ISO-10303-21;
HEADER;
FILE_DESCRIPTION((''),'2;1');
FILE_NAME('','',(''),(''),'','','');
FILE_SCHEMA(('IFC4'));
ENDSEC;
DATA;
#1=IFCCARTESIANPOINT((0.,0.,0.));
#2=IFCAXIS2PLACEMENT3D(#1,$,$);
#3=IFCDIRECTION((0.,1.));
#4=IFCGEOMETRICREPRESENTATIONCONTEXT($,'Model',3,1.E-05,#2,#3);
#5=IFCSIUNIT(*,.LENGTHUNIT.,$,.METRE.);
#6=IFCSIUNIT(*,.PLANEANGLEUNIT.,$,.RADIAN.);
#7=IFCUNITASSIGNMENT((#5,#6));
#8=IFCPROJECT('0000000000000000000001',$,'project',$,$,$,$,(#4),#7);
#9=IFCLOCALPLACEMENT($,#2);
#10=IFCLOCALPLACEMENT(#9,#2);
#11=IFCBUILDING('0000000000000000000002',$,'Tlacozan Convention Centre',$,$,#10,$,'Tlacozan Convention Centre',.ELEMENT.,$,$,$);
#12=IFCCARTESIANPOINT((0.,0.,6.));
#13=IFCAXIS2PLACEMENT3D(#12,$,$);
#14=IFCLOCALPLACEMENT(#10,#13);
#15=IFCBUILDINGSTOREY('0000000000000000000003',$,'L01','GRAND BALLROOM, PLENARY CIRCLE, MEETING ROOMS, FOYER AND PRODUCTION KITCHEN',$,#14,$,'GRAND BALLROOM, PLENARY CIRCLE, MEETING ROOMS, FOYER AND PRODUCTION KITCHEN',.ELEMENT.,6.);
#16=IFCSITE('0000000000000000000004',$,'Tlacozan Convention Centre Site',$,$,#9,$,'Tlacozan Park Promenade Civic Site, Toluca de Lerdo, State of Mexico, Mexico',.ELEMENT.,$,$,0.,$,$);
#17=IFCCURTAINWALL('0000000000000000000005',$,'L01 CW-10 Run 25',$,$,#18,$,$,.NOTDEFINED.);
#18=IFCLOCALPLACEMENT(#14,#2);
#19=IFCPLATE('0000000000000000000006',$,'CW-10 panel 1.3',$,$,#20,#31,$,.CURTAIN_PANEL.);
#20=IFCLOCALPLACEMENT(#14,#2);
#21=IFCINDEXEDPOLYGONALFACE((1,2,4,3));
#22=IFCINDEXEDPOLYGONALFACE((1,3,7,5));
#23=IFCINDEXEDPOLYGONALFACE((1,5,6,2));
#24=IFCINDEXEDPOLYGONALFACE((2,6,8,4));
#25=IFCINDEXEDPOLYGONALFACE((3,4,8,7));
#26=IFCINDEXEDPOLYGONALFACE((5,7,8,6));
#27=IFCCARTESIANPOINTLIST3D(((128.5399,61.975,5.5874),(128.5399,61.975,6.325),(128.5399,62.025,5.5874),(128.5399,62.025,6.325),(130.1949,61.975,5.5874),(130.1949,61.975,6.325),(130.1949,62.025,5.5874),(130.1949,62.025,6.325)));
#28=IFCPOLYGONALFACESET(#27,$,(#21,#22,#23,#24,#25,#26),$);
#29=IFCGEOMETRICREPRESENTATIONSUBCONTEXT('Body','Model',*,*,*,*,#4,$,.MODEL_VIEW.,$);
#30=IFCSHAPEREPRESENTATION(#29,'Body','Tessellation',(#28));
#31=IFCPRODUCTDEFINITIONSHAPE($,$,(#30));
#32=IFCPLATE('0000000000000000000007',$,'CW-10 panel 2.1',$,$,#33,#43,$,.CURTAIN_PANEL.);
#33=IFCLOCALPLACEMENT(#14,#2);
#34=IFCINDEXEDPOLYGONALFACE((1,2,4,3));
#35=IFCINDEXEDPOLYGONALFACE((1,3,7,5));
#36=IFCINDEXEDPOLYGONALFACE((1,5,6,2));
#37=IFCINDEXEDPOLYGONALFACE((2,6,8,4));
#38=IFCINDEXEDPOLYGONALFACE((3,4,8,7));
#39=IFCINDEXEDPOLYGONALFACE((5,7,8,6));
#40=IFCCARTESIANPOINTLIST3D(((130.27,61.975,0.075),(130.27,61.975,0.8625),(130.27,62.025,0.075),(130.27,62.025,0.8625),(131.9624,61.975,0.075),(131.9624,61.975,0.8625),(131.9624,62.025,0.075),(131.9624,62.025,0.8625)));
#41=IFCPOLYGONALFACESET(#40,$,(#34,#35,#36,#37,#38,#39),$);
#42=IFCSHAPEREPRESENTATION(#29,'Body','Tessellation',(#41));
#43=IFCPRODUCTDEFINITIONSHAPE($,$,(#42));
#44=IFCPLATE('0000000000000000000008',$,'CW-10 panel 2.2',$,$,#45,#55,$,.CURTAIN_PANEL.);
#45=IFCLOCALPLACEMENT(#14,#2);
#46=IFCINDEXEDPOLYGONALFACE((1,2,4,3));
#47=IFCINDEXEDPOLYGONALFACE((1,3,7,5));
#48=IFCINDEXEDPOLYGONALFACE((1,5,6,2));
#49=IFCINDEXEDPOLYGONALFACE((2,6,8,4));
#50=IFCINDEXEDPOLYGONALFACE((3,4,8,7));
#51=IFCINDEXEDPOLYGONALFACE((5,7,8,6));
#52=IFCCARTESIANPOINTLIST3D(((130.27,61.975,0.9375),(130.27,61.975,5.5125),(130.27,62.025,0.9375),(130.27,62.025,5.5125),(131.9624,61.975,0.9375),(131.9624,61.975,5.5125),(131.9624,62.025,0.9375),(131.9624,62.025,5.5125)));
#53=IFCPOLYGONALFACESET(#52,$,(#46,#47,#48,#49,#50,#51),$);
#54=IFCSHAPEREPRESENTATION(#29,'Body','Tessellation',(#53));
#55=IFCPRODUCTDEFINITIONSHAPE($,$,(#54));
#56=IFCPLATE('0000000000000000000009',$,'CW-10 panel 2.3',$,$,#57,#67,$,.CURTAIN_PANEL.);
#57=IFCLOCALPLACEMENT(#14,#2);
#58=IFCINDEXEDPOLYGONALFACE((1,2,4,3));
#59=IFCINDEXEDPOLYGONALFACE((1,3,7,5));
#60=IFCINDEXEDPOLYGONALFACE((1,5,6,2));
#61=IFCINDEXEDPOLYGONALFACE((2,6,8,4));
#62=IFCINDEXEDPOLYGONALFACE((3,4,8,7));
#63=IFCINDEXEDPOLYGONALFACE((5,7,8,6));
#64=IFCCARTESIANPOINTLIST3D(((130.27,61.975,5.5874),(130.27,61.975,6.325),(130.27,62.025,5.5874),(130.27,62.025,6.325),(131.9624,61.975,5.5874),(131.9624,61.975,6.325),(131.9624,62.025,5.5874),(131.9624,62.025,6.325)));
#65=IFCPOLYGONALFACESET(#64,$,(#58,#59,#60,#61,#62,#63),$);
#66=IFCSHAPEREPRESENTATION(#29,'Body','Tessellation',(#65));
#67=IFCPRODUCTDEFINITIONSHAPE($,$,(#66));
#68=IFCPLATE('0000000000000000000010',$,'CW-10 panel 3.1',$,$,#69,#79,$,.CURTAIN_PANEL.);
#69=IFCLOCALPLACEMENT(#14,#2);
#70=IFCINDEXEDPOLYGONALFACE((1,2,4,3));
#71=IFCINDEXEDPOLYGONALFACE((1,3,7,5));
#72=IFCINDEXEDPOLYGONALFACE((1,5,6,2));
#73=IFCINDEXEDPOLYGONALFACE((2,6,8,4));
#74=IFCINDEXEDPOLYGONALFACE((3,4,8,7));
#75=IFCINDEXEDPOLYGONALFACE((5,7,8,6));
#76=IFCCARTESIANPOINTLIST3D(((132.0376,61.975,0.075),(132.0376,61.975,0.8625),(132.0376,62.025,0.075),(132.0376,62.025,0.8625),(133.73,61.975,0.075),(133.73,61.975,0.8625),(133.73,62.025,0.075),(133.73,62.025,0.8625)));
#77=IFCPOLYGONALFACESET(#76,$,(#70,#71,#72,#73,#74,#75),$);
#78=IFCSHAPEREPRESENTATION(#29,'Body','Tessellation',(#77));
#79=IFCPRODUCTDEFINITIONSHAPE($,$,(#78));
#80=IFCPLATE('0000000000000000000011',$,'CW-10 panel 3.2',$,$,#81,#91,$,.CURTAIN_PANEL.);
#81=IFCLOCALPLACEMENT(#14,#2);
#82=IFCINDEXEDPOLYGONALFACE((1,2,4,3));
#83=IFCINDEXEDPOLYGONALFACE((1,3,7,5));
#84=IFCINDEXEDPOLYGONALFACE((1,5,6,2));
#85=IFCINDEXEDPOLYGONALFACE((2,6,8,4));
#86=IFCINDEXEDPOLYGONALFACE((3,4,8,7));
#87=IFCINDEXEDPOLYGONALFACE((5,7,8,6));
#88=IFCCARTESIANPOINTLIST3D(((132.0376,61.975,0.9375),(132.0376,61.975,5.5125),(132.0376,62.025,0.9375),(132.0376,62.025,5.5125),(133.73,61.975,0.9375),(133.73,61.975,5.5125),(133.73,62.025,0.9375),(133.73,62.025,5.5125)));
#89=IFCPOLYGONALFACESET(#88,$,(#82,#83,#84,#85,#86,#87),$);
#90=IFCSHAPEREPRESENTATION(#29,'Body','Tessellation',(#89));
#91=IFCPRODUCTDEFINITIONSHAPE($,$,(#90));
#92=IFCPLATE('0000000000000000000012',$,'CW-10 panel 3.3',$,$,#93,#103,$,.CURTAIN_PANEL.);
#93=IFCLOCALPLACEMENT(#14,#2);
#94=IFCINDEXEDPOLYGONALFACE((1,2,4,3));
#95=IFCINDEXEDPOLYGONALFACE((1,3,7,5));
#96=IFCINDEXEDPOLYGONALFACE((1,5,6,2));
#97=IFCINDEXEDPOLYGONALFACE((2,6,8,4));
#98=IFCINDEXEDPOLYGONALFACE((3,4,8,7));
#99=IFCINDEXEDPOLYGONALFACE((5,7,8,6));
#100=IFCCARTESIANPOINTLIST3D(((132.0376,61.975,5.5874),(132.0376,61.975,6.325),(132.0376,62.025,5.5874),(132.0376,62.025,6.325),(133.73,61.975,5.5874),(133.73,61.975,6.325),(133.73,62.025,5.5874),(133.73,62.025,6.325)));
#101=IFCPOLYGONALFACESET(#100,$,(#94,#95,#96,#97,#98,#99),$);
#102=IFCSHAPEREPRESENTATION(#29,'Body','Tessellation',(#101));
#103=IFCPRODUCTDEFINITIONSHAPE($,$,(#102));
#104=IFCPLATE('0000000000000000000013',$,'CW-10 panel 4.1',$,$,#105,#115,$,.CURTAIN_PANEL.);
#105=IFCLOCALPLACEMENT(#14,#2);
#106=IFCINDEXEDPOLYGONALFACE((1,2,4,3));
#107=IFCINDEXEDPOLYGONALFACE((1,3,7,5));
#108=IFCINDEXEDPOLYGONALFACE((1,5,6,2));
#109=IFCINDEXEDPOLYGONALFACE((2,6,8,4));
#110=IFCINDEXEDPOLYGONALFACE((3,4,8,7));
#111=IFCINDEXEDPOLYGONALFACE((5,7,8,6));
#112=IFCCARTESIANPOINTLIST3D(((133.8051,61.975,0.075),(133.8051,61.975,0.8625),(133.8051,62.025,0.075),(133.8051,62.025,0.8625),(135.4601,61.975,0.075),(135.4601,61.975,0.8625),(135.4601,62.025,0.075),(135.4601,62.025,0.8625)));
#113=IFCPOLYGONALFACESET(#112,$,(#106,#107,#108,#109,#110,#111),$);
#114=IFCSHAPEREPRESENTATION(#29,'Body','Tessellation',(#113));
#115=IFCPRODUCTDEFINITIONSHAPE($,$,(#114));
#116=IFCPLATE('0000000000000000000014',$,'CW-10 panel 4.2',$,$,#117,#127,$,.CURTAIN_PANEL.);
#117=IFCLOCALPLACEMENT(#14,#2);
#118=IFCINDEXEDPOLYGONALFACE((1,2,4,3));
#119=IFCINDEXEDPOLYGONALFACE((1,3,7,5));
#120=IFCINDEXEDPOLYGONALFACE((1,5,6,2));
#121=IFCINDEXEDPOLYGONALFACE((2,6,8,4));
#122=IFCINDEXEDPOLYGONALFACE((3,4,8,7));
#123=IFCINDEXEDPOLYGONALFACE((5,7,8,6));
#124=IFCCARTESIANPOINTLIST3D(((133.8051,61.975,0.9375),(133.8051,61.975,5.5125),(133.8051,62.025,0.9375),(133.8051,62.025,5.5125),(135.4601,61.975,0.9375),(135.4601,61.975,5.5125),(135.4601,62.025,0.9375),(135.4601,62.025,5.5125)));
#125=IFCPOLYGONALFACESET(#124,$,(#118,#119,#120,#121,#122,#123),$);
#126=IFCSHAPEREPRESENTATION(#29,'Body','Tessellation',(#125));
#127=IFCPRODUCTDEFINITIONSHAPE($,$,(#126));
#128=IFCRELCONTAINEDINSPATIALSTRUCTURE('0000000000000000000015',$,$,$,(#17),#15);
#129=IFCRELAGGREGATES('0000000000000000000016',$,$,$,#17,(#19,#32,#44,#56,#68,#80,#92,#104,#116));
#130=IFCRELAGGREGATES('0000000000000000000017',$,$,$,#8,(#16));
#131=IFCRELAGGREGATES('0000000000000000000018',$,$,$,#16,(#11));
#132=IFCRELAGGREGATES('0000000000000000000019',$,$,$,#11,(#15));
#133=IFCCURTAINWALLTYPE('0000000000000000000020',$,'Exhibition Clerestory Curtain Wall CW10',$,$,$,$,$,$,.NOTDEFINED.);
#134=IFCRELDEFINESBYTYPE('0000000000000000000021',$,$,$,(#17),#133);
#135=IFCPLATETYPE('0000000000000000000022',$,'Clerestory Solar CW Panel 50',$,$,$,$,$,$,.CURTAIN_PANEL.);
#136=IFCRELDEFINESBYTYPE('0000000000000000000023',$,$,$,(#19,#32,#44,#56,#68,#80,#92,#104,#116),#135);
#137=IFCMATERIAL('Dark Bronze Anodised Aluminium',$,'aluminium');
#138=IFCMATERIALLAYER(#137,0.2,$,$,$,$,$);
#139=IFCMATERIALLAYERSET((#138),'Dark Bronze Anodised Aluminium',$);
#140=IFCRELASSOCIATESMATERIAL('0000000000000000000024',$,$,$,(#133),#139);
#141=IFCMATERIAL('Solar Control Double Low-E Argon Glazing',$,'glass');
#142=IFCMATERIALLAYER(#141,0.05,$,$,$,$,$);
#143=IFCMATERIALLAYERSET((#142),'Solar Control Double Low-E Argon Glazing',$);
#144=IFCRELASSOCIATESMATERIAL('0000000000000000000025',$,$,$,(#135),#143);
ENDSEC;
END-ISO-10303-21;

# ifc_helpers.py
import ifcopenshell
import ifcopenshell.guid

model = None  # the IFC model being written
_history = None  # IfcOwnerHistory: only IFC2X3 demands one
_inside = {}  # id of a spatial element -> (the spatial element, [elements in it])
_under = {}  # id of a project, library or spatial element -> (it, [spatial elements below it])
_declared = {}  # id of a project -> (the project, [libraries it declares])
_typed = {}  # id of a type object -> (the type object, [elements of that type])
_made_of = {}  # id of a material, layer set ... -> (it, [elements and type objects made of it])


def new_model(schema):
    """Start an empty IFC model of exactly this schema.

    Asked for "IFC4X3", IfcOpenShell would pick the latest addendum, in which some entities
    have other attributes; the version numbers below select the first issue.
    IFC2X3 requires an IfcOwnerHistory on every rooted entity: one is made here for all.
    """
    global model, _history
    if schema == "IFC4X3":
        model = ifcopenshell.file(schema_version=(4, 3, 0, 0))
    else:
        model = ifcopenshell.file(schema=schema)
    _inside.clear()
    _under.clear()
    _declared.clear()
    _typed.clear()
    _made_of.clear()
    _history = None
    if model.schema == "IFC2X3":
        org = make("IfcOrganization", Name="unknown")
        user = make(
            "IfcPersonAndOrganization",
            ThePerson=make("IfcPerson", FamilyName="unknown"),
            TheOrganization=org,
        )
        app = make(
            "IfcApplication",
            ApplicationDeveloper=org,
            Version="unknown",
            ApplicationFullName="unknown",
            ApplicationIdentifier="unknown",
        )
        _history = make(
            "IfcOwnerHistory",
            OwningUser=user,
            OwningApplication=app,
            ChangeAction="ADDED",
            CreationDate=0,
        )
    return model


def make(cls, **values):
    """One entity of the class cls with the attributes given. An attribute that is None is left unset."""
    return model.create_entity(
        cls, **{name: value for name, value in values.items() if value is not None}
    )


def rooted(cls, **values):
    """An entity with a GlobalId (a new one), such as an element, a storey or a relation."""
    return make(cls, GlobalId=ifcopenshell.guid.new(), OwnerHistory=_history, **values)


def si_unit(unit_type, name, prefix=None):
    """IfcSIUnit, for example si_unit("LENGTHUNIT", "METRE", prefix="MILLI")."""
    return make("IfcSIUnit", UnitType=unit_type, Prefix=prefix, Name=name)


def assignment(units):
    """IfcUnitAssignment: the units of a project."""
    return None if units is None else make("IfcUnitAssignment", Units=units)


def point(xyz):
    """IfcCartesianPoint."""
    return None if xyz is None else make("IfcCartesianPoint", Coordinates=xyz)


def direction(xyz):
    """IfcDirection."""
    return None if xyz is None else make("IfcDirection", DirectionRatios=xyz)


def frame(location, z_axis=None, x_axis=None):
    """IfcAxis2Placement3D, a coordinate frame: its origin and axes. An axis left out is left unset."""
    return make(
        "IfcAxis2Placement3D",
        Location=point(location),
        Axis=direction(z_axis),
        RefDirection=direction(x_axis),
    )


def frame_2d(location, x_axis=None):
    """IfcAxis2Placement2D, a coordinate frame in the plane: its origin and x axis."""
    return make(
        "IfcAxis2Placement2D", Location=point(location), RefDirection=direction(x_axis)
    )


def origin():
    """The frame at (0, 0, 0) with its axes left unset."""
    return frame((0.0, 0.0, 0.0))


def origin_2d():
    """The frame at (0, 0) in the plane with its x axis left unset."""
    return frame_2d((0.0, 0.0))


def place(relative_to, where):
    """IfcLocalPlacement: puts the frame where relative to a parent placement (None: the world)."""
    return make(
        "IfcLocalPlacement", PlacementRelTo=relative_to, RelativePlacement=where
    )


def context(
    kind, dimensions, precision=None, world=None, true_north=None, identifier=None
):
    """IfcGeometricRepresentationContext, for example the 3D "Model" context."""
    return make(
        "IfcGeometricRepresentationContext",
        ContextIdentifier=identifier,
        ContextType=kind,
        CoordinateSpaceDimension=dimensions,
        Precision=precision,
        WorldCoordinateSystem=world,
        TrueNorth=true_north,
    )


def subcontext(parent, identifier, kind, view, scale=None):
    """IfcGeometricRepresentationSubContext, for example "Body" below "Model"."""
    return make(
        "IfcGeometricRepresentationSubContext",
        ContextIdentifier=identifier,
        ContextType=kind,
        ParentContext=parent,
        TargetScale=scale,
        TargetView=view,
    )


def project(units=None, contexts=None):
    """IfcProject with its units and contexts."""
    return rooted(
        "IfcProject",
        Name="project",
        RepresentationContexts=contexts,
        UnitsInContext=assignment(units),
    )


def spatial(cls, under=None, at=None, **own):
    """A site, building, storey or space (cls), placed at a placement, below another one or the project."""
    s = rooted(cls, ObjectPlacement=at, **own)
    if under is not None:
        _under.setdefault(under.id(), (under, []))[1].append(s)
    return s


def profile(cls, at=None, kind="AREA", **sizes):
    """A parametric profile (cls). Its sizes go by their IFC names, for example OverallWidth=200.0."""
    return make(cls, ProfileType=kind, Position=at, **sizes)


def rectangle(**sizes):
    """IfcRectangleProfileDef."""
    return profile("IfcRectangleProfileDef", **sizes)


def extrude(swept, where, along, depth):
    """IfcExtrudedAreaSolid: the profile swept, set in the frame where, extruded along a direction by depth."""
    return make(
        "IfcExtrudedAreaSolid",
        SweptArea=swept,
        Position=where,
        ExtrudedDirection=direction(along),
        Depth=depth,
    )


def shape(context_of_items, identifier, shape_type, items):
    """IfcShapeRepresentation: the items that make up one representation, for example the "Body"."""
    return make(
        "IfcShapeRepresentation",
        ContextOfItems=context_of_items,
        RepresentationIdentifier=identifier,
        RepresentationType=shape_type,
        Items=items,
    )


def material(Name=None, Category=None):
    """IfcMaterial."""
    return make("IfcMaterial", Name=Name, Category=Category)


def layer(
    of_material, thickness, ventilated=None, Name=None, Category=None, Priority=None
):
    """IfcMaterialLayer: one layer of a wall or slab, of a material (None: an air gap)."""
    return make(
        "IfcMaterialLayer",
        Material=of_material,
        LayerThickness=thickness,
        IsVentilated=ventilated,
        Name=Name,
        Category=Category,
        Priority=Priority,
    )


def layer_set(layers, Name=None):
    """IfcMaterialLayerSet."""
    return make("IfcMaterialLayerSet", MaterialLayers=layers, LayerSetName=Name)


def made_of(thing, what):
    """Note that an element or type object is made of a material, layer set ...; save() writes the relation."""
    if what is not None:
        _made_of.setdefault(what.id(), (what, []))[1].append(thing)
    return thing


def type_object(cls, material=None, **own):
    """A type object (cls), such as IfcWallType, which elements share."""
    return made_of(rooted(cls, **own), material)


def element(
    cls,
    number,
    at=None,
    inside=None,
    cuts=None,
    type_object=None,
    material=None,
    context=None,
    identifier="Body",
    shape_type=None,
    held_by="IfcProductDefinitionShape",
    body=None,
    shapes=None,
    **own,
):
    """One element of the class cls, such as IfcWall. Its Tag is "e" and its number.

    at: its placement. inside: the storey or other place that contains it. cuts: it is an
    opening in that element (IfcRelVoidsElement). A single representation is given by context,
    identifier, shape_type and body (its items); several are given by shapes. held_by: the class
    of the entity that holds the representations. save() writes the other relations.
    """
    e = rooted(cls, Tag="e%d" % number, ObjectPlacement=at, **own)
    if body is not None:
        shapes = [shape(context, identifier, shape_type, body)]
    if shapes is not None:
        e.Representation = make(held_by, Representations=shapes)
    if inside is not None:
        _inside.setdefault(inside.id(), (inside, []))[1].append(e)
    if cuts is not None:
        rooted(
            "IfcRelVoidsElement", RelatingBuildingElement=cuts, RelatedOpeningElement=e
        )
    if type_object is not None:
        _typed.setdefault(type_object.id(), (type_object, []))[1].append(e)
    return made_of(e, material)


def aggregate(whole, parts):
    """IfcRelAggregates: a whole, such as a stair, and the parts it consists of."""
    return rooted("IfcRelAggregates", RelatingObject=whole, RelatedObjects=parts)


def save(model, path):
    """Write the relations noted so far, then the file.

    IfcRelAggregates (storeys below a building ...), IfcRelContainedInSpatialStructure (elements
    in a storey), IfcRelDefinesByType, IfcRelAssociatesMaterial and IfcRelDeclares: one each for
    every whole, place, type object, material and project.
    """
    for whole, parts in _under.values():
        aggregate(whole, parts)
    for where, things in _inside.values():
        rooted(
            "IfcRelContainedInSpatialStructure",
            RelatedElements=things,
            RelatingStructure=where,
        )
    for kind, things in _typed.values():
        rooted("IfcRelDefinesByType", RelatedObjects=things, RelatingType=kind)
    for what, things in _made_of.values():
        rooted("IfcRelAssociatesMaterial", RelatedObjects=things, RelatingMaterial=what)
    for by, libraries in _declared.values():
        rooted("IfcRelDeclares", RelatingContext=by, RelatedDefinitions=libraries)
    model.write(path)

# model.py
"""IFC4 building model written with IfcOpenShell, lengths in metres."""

from ifc_helpers import new_model, si_unit, direction, frame, origin, origin_2d, place, context, subcontext, project, spatial, rectangle, extrude, material, layer, layer_set, type_object, element, aggregate, save


model = new_model("IFC4")

# Units and contexts
model_context = context("Model", 3, precision=1e-05, world=origin(), true_north=direction((0.0, 1.0)))
body_context = subcontext(model_context, "Body", "Model", "MODEL_VIEW")
ifc_project = project(units=[si_unit("LENGTHUNIT", "METRE"), si_unit("PLANEANGLEUNIT", "RADIAN")], contexts=[model_context])

# Site, building, storey
site_placement = place(None, origin())
site = spatial("IfcSite", under=ifc_project, at=site_placement, Name="Tlacozan Convention Centre Site", LongName="Tlacozan Park Promenade Civic Site, Toluca de Lerdo, State of Mexico, Mexico", CompositionType="ELEMENT", RefElevation=0.0)
building_placement = place(site_placement, origin())
building = spatial("IfcBuilding", under=site, at=building_placement, Name="Tlacozan Convention Centre", LongName="Tlacozan Convention Centre", CompositionType="ELEMENT")
storey_placement = place(building_placement, frame((0.0, 0.0, 6.0)))
storey = spatial("IfcBuildingStorey", under=building, at=storey_placement, Name="L01", Description="GRAND BALLROOM, PLENARY CIRCLE, MEETING ROOMS, FOYER AND PRODUCTION KITCHEN", LongName="GRAND BALLROOM, PLENARY CIRCLE, MEETING ROOMS, FOYER AND PRODUCTION KITCHEN", CompositionType="ELEMENT", Elevation=6.0)

# Curtain wall, plates
ifc_material_1 = material(Name="Dark Bronze Anodised Aluminium", Category="aluminium")
ifc_layer_1 = layer(ifc_material_1, 0.2)
ifc_layer_set_1 = layer_set([ifc_layer_1], Name="Dark Bronze Anodised Aluminium")
curtain_wall_type = type_object("IfcCurtainWallType", Name="Exhibition Clerestory Curtain Wall CW10", PredefinedType="NOTDEFINED", material=ifc_layer_set_1)
curtain_wall_placement = place(storey_placement, origin())
curtain_wall = element("IfcCurtainWall", 1, at=curtain_wall_placement, inside=storey, type_object=curtain_wall_type, Name="L01 CW-10 Run 25", PredefinedType="NOTDEFINED")
ifc_material_2 = material(Name="Solar Control Double Low-E Argon Glazing", Category="glass")
ifc_layer_2 = layer(ifc_material_2, 0.05)
ifc_layer_set_2 = layer_set([ifc_layer_2], Name="Solar Control Double Low-E Argon Glazing")
plate_type = type_object("IfcPlateType", Name="Clerestory Solar CW Panel 50", PredefinedType="CURTAIN_PANEL", material=ifc_layer_set_2)
plate_1_placement = place(storey_placement, frame((129.3674, 62.0, 5.5874), z_axis=(0.0, 0.0, 1.0), x_axis=(1.0, 0.0, 0.0)))
plate_1 = element("IfcPlate", 2, at=plate_1_placement, type_object=plate_type, Name="CW-10 panel 1.3", PredefinedType="CURTAIN_PANEL", context=body_context, shape_type="SweptSolid", body=[
    extrude(rectangle(XDim=1.655, YDim=0.05, at=origin_2d()), origin(), (0.0, 0.0, 1.0), 0.7375),
])
plate_2_placement = place(storey_placement, frame((131.1162, 62.0, 0.075), z_axis=(0.0, 0.0, 1.0), x_axis=(1.0, 0.0, 0.0)))
plate_2 = element("IfcPlate", 3, at=plate_2_placement, type_object=plate_type, Name="CW-10 panel 2.1", PredefinedType="CURTAIN_PANEL", context=body_context, shape_type="SweptSolid", body=[
    extrude(rectangle(XDim=1.6924, YDim=0.05, at=origin_2d()), origin(), (0.0, 0.0, 1.0), 0.7876),
])
plate_3_placement = place(storey_placement, frame((131.1162, 62.0, 0.9375), z_axis=(0.0, 0.0, 1.0), x_axis=(1.0, 0.0, 0.0)))
plate_3 = element("IfcPlate", 4, at=plate_3_placement, type_object=plate_type, Name="CW-10 panel 2.2", PredefinedType="CURTAIN_PANEL", context=body_context, shape_type="SweptSolid", body=[
    extrude(rectangle(XDim=1.6924, YDim=0.05, at=origin_2d()), origin(), (0.0, 0.0, 1.0), 4.575),
])
plate_4_placement = place(storey_placement, frame((131.1162, 62.0, 5.5874), z_axis=(0.0, 0.0, 1.0), x_axis=(1.0, 0.0, 0.0)))
plate_4 = element("IfcPlate", 5, at=plate_4_placement, type_object=plate_type, Name="CW-10 panel 2.3", PredefinedType="CURTAIN_PANEL", context=body_context, shape_type="SweptSolid", body=[
    extrude(rectangle(XDim=1.6924, YDim=0.05, at=origin_2d()), origin(), (0.0, 0.0, 1.0), 0.7375),
])
plate_5_placement = place(storey_placement, frame((132.8838, 62.0, 0.075), z_axis=(0.0, 0.0, 1.0), x_axis=(1.0, 0.0, 0.0)))
plate_5 = element("IfcPlate", 6, at=plate_5_placement, type_object=plate_type, Name="CW-10 panel 3.1", PredefinedType="CURTAIN_PANEL", context=body_context, shape_type="SweptSolid", body=[
    extrude(rectangle(XDim=1.6924, YDim=0.05, at=origin_2d()), origin(), (0.0, 0.0, 1.0), 0.7876),
])
plate_6_placement = place(storey_placement, frame((132.8838, 62.0, 0.9375), z_axis=(0.0, 0.0, 1.0), x_axis=(1.0, 0.0, 0.0)))
plate_6 = element("IfcPlate", 7, at=plate_6_placement, type_object=plate_type, Name="CW-10 panel 3.2", PredefinedType="CURTAIN_PANEL", context=body_context, shape_type="SweptSolid", body=[
    extrude(rectangle(XDim=1.6924, YDim=0.05, at=origin_2d()), origin(), (0.0, 0.0, 1.0), 4.575),
])
plate_7_placement = place(storey_placement, frame((132.8838, 62.0, 5.5874), z_axis=(0.0, 0.0, 1.0), x_axis=(1.0, 0.0, 0.0)))
plate_7 = element("IfcPlate", 8, at=plate_7_placement, type_object=plate_type, Name="CW-10 panel 3.3", PredefinedType="CURTAIN_PANEL", context=body_context, shape_type="SweptSolid", body=[
    extrude(rectangle(XDim=1.6924, YDim=0.05, at=origin_2d()), origin(), (0.0, 0.0, 1.0), 0.7375),
])
plate_8_placement = place(storey_placement, frame((134.6326, 62.0, 0.075), z_axis=(0.0, 0.0, 1.0), x_axis=(1.0, 0.0, 0.0)))
plate_8 = element("IfcPlate", 9, at=plate_8_placement, type_object=plate_type, Name="CW-10 panel 4.1", PredefinedType="CURTAIN_PANEL", context=body_context, shape_type="SweptSolid", body=[
    extrude(rectangle(XDim=1.655, YDim=0.05, at=origin_2d()), origin(), (0.0, 0.0, 1.0), 0.7876),
])
plate_9_placement = place(storey_placement, frame((134.6326, 62.0, 0.9375), z_axis=(0.0, 0.0, 1.0), x_axis=(1.0, 0.0, 0.0)))
plate_9 = element("IfcPlate", 10, at=plate_9_placement, type_object=plate_type, Name="CW-10 panel 4.2", PredefinedType="CURTAIN_PANEL", context=body_context, shape_type="SweptSolid", body=[
    extrude(rectangle(XDim=1.655, YDim=0.05, at=origin_2d()), origin(), (0.0, 0.0, 1.0), 4.575),
])
aggregate(curtain_wall, [plate_1, plate_2, plate_3, plate_4, plate_5, plate_6, plate_7, plate_8, plate_9])

save(model, "model.ifc")
